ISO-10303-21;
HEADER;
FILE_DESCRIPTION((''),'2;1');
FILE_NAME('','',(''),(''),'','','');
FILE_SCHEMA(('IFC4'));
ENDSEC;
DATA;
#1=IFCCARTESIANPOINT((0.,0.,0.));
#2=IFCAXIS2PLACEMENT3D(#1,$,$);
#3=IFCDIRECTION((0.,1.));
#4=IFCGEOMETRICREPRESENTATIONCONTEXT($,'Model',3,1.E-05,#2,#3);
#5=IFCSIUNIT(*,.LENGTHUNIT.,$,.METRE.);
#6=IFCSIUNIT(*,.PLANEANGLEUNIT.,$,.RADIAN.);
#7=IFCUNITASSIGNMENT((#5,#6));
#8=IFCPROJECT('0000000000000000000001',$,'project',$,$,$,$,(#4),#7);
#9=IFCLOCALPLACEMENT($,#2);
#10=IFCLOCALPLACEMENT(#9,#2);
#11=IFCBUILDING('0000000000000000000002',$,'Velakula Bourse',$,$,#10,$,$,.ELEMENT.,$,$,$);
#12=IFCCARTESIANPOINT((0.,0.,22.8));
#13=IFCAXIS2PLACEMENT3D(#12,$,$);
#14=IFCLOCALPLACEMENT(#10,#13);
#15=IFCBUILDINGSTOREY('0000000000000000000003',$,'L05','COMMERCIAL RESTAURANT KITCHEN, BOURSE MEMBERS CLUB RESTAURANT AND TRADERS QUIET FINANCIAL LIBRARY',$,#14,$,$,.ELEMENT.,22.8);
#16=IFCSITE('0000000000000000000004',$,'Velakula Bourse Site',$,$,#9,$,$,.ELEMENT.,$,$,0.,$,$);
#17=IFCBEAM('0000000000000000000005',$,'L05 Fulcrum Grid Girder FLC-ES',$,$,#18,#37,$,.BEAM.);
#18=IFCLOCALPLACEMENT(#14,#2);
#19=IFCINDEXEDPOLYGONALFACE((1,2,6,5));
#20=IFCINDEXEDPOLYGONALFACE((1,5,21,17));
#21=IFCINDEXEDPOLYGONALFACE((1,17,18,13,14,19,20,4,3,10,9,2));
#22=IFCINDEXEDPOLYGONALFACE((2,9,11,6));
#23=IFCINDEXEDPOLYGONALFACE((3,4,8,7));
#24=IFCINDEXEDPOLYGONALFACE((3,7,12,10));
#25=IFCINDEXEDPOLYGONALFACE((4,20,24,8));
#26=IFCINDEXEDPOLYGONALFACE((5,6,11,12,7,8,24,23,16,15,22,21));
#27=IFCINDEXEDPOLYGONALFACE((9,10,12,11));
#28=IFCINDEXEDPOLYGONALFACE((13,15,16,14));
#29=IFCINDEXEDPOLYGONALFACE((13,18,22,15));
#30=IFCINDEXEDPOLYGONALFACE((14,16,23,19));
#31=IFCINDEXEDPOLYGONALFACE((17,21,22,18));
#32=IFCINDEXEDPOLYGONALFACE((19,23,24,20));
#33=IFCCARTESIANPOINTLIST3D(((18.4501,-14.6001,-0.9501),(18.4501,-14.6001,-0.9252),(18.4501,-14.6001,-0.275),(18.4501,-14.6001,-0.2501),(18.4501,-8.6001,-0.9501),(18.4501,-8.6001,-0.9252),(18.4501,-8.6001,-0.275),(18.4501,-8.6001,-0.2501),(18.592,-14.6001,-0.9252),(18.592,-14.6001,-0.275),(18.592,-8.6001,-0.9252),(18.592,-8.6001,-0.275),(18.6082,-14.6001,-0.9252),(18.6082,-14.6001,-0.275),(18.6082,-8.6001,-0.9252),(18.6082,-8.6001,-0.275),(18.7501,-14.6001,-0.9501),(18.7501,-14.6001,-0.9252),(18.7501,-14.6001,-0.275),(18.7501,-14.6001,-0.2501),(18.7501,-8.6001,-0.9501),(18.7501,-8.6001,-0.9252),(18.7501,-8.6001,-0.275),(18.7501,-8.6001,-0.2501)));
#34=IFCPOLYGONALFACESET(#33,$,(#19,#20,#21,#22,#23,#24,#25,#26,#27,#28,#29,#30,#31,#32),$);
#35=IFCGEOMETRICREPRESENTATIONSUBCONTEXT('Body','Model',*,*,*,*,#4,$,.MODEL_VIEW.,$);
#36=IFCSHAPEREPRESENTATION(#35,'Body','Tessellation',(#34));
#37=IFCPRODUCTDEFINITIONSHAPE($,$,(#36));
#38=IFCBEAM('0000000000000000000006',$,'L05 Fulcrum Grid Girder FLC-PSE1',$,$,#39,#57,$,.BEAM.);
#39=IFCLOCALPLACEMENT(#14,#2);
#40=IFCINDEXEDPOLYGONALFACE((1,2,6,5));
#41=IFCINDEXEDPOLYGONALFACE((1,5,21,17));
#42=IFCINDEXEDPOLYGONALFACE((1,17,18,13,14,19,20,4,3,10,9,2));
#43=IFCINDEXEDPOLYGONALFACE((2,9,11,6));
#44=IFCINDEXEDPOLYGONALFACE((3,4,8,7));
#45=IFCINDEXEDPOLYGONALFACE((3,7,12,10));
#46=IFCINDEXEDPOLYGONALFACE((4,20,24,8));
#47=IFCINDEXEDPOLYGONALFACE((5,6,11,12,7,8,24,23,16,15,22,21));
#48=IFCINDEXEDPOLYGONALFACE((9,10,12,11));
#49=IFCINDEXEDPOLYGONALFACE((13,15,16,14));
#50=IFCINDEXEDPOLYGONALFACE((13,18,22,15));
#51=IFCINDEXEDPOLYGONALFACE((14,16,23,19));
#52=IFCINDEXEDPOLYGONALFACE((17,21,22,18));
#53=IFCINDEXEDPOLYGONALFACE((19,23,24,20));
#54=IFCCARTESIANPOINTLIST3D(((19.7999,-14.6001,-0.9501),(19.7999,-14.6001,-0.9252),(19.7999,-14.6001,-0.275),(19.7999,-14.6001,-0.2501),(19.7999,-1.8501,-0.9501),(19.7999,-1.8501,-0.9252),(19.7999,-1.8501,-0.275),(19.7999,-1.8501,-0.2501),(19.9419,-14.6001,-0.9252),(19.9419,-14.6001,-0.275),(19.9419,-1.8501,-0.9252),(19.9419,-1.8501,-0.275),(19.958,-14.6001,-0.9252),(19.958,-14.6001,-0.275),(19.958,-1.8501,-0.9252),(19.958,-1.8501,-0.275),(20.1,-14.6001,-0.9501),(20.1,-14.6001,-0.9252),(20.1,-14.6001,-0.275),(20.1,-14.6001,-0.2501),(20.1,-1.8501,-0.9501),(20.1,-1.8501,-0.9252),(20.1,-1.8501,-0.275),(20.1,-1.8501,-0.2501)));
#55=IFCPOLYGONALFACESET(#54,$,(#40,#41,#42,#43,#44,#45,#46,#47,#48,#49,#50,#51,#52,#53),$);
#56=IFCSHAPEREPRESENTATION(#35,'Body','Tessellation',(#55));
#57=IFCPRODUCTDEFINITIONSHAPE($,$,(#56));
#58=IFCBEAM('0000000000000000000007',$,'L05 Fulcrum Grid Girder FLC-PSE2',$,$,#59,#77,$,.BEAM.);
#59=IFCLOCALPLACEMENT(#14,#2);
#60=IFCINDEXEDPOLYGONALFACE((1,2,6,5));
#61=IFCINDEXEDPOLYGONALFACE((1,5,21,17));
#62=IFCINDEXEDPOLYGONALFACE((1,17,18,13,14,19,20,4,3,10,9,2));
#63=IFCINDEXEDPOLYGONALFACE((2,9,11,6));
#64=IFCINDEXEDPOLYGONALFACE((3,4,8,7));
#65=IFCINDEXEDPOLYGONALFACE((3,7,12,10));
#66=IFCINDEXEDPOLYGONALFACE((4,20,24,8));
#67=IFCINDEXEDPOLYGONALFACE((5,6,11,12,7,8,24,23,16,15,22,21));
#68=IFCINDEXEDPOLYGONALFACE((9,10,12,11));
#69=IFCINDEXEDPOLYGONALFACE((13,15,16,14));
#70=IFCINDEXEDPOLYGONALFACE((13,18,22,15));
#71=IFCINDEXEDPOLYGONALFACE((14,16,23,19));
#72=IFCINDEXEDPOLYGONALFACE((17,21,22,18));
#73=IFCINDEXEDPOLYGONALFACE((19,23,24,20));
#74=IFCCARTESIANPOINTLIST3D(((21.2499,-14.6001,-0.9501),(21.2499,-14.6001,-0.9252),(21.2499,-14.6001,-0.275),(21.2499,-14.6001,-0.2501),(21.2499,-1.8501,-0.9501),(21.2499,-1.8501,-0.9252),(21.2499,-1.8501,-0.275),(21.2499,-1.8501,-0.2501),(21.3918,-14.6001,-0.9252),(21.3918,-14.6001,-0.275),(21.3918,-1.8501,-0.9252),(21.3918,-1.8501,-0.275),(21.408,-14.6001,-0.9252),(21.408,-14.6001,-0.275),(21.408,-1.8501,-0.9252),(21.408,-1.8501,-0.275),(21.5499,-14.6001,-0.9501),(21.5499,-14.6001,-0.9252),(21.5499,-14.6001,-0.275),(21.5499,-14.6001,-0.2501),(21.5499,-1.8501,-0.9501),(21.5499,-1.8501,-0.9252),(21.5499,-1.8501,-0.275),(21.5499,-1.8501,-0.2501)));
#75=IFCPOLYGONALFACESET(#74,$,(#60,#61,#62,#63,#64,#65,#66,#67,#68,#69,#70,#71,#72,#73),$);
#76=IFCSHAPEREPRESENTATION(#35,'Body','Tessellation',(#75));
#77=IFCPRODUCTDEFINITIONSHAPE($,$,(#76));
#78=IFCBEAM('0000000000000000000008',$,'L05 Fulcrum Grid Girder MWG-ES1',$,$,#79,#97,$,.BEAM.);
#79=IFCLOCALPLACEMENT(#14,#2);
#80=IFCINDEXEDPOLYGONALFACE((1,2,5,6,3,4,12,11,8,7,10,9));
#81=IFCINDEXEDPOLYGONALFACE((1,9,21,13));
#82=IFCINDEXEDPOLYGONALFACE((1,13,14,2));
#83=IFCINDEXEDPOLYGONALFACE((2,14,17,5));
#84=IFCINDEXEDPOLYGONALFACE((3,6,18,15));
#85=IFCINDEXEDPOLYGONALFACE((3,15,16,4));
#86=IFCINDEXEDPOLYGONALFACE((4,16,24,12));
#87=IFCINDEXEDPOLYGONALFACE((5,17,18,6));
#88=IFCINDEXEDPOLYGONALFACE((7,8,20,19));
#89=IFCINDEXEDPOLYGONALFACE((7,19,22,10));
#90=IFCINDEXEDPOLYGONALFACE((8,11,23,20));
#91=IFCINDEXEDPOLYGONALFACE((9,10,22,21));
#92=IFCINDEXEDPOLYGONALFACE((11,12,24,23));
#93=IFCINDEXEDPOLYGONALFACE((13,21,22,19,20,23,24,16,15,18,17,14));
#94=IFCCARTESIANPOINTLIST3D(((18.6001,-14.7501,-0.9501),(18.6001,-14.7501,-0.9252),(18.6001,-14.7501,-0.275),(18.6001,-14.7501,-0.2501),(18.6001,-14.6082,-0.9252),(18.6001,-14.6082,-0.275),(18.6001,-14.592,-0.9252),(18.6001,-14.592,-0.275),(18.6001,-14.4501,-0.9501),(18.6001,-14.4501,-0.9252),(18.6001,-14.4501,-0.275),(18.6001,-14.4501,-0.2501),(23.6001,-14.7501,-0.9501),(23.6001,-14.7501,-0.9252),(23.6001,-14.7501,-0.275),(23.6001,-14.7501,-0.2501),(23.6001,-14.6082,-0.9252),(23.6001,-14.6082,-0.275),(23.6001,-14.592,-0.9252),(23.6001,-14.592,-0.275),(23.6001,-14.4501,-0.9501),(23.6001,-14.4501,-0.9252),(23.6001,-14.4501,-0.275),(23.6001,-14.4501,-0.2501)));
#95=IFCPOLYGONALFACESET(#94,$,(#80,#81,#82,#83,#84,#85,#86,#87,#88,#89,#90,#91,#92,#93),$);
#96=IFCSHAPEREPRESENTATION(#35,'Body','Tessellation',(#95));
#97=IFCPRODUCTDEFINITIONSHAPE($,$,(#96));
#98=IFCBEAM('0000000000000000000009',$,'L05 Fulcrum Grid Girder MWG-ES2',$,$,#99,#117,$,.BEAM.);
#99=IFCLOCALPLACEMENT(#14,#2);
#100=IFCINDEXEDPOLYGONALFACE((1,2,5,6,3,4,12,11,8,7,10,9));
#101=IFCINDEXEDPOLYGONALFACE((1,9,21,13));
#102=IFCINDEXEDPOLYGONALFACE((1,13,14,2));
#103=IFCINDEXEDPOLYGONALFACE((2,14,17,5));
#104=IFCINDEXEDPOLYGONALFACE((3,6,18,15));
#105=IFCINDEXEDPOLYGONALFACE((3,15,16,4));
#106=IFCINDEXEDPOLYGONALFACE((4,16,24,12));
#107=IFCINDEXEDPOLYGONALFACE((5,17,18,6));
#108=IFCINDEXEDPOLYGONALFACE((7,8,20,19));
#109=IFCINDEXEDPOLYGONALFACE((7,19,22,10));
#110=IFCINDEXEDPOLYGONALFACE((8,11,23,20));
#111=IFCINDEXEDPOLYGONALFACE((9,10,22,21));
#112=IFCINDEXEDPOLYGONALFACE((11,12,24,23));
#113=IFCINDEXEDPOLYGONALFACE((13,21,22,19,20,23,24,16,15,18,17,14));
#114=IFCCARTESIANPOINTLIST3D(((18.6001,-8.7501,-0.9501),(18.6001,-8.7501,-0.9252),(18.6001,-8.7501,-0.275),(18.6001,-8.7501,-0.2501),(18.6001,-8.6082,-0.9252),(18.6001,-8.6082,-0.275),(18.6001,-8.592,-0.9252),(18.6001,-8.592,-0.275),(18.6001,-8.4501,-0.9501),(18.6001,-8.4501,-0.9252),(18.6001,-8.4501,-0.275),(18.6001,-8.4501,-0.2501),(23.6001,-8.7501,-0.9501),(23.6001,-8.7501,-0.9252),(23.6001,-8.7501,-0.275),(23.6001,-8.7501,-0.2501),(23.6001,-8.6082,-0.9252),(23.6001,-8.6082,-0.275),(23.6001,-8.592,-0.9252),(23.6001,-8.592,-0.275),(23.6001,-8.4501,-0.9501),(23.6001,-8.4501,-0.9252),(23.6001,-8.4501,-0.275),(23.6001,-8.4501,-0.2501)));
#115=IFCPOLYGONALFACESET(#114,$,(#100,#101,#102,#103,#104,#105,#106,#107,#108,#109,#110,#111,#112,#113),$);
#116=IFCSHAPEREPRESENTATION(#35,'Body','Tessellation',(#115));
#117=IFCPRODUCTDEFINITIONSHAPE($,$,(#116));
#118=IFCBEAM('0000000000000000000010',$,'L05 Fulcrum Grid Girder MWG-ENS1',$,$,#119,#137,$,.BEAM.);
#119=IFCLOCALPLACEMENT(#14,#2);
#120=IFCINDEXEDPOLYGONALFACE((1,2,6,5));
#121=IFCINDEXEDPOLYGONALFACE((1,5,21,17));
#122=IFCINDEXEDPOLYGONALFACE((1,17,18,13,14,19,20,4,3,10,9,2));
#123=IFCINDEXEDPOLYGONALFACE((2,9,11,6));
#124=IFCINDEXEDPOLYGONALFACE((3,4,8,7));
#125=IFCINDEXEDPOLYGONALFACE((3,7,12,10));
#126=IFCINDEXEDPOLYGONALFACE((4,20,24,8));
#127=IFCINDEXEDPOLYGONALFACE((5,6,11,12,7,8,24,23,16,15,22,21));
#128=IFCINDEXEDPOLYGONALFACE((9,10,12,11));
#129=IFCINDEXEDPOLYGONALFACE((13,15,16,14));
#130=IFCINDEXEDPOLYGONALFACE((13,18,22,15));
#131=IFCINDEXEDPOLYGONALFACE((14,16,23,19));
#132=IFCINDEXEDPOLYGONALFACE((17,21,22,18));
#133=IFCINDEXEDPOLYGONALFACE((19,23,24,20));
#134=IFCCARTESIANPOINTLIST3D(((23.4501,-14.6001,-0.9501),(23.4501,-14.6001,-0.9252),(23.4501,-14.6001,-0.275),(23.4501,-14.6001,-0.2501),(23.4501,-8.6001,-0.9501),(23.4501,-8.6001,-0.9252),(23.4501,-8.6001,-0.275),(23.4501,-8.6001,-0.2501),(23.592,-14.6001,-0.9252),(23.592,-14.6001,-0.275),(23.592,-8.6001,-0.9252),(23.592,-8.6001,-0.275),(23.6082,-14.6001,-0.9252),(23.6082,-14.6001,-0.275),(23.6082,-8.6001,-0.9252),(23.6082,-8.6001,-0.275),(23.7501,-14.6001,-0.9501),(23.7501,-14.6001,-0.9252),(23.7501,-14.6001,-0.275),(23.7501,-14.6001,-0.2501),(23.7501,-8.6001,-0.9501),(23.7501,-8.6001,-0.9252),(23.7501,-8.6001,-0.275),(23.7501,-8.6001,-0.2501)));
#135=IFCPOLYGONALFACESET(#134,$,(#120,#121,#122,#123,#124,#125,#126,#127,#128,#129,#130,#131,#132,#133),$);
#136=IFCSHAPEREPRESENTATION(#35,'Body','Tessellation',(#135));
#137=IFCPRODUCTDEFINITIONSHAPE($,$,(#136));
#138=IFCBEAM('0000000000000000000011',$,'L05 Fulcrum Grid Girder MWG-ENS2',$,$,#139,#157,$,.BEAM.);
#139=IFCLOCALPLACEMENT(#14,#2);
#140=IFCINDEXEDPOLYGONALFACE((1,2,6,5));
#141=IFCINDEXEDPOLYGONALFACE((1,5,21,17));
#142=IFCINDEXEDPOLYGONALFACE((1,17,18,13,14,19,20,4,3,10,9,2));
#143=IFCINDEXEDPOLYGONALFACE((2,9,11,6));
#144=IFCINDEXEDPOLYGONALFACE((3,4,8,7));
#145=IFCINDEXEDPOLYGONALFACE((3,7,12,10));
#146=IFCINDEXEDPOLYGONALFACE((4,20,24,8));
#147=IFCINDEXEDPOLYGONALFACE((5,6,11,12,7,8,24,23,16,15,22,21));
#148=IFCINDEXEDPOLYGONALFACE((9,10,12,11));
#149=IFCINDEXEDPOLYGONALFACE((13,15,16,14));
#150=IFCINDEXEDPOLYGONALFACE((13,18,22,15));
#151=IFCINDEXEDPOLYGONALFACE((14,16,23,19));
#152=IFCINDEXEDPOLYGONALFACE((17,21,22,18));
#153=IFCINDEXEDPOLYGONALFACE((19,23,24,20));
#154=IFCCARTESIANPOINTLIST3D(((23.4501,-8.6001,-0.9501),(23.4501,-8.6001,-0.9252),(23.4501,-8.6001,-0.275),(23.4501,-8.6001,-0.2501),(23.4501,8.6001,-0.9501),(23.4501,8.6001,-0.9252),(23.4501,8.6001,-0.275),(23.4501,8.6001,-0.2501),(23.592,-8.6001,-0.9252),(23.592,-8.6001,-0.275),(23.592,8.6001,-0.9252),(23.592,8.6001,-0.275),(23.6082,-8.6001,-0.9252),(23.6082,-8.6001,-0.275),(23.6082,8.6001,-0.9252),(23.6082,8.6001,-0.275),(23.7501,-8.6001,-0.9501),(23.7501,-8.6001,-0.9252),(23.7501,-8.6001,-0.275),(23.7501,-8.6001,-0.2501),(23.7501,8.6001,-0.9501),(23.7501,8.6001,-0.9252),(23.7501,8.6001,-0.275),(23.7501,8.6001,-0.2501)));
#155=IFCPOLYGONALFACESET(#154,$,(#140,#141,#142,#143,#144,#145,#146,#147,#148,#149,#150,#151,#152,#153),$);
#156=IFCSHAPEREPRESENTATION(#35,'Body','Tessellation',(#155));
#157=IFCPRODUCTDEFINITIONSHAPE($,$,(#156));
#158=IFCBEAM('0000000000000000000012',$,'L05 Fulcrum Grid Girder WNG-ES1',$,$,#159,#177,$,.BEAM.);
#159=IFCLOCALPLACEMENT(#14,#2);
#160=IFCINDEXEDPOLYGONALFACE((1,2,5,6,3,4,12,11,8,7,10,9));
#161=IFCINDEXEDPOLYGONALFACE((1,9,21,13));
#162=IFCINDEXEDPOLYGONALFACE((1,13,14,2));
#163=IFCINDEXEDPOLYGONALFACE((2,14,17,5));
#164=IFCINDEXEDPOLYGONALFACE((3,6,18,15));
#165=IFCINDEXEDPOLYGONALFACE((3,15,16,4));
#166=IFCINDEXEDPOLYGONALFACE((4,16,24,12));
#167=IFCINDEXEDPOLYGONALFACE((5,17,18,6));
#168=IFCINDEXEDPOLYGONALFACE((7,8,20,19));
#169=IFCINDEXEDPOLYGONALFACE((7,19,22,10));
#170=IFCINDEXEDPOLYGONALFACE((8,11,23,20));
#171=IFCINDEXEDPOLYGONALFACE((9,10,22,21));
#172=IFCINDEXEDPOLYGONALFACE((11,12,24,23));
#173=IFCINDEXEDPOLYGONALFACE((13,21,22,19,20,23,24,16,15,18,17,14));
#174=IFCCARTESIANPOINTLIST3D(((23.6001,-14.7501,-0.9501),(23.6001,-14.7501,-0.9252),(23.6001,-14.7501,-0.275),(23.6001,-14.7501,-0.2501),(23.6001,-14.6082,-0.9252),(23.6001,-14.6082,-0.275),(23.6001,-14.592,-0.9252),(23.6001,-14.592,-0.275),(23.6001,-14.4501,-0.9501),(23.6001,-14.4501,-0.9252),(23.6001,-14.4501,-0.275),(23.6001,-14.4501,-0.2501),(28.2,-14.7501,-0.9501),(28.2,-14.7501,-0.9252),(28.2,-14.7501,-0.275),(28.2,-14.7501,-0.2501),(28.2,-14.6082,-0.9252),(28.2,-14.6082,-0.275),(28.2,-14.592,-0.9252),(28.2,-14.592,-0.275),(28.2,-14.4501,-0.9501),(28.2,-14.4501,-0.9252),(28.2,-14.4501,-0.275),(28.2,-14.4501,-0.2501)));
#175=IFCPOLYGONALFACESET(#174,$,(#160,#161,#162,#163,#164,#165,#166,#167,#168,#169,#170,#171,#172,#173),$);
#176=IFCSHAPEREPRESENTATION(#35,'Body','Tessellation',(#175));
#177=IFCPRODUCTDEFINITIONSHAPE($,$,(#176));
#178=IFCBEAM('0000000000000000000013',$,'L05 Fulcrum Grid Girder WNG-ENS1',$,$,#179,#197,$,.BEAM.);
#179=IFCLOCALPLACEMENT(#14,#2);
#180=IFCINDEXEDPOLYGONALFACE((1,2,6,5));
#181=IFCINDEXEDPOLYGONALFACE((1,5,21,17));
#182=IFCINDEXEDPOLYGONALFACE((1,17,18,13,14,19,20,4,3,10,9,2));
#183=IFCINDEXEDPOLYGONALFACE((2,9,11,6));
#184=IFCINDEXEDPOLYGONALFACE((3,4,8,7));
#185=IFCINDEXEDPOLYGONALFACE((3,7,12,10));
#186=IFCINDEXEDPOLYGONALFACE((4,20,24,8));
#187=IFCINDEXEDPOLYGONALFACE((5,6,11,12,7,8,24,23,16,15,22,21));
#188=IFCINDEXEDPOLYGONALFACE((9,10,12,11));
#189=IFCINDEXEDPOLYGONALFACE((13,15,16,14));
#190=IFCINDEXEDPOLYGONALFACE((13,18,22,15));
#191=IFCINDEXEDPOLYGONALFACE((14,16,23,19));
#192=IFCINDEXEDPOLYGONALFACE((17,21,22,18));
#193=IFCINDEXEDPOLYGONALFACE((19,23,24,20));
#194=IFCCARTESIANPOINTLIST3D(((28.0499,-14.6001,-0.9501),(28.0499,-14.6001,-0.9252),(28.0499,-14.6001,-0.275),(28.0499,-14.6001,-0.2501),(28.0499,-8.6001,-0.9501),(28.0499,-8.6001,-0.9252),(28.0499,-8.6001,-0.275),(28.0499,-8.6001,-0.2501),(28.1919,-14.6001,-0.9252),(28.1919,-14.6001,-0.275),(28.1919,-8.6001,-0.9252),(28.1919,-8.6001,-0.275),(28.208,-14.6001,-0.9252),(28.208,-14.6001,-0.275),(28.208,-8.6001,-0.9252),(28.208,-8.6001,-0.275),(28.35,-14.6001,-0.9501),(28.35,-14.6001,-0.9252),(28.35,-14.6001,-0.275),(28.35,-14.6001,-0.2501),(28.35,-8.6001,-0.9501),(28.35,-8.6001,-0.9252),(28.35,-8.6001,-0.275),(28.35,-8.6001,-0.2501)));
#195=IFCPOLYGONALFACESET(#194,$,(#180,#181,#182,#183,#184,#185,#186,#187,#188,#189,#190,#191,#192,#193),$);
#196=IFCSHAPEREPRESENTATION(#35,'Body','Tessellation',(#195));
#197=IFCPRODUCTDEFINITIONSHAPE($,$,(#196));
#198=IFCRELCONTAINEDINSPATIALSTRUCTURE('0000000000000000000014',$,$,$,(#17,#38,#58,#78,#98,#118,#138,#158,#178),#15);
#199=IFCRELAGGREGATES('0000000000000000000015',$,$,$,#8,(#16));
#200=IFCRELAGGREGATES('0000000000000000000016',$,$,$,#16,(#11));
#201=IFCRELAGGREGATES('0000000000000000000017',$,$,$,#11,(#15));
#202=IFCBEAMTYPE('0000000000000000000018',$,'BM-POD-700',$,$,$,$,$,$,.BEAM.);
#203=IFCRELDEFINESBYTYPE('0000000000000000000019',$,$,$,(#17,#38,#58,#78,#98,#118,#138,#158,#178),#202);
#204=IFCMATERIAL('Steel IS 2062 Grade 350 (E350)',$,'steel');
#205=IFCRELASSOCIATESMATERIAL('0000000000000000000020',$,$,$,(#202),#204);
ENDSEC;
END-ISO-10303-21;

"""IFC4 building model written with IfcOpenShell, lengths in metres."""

from ifc_helpers import new_model, si_unit, direction, frame, origin, origin_2d, place, context, subcontext, project, spatial, i_section, extrude, material, material_profile, profile_set, type_object, element, save


model = new_model("IFC4")

# Units and contexts
model_context = context("Model", 3, precision=1e-05, world=origin(), true_north=direction((0.0, 1.0)))
body_context = subcontext(model_context, "Body", "Model", "MODEL_VIEW")
ifc_project = project(units=[si_unit("LENGTHUNIT", "METRE"), si_unit("PLANEANGLEUNIT", "RADIAN")], contexts=[model_context])

# Site, building, storey
site_placement = place(None, origin())
site = spatial("IfcSite", under=ifc_project, at=site_placement, Name="Velakula Bourse Site", CompositionType="ELEMENT", RefElevation=0.0)
building_placement = place(site_placement, origin())
building = spatial("IfcBuilding", under=site, at=building_placement, Name="Velakula Bourse", CompositionType="ELEMENT")
storey_placement = place(building_placement, frame((0.0, 0.0, 22.8)))
storey = spatial("IfcBuildingStorey", under=building, at=storey_placement, Name="L05", Description="COMMERCIAL RESTAURANT KITCHEN, BOURSE MEMBERS CLUB RESTAURANT AND TRADERS QUIET FINANCIAL LIBRARY", CompositionType="ELEMENT", Elevation=22.8)

# Beams
ifc_material_1 = material(Name="Steel IS 2062 Grade 350 (E350)", Category="steel")
ifc_material_profile_1 = material_profile(ifc_material_1, i_section(OverallWidth=0.3, OverallDepth=0.7, WebThickness=0.0161, FlangeThickness=0.0249, at=origin_2d()), Name="Steel IS 2062 Grade 350 (E350)")
ifc_profile_set_1 = profile_set([ifc_material_profile_1], Name="Steel IS 2062 Grade 350 (E350)")
beam_type_1 = type_object("IfcBeamType", Name="BM-POD-700", PredefinedType="BEAM", material=ifc_profile_set_1)
beam_1_placement = place(storey_placement, frame((18.6001, -14.6001, -0.6001), z_axis=(0.0, 1.0, 0.0), x_axis=(-1.0, 0.0, 0.0)))
element("IfcBeam", 1, at=beam_1_placement, inside=storey, type_object=beam_type_1, Name="L05 Fulcrum Grid Girder FLC-ES", PredefinedType="BEAM", context=body_context, shape_type="SweptSolid", body=[
    extrude(i_section(OverallWidth=0.3, OverallDepth=0.7, WebThickness=0.0161, FlangeThickness=0.0249, at=origin_2d()), origin(), (0.0, 0.0, 1.0), 6.0),
])
for number, where, z_axis, x_axis, name in (
    (2, (19.95, -14.6001, -0.6001), (0.0, 1.0, 0.0), (-1.0, 0.0, 0.0), "L05 Fulcrum Grid Girder FLC-PSE1"),
    (3, (21.3999, -14.6001, -0.6001), (0.0, 1.0, 0.0), (-1.0, 0.0, 0.0), "L05 Fulcrum Grid Girder FLC-PSE2"),
):
    element("IfcBeam", number, at=place(storey_placement, frame(where, z_axis=z_axis, x_axis=x_axis)), inside=storey, type_object=beam_type_1, Name=name, PredefinedType="BEAM", context=body_context, shape_type="SweptSolid", body=[
        extrude(i_section(OverallWidth=0.3, OverallDepth=0.7, WebThickness=0.0161, FlangeThickness=0.0249, at=origin_2d()), origin(), (0.0, 0.0, 1.0), 12.75),
    ])
for number, where, z_axis, x_axis, name in (
    (4, (18.6001, -14.6001, -0.6001), (1.0, 0.0, 0.0), (0.0, 1.0, 0.0), "L05 Fulcrum Grid Girder MWG-ES1"),
    (5, (18.6001, -8.6001, -0.6001), (1.0, 0.0, 0.0), (0.0, 1.0, 0.0), "L05 Fulcrum Grid Girder MWG-ES2"),
):
    element("IfcBeam", number, at=place(storey_placement, frame(where, z_axis=z_axis, x_axis=x_axis)), inside=storey, type_object=beam_type_1, Name=name, PredefinedType="BEAM", context=body_context, shape_type="SweptSolid", body=[
        extrude(i_section(OverallWidth=0.3, OverallDepth=0.7, WebThickness=0.0161, FlangeThickness=0.0249, at=origin_2d()), origin(), (0.0, 0.0, 1.0), 5.0),
    ])
beam_2_placement = place(storey_placement, frame((23.6001, -14.6001, -0.6001), z_axis=(0.0, 1.0, 0.0), x_axis=(-1.0, 0.0, 0.0)))
element("IfcBeam", 6, at=beam_2_placement, inside=storey, type_object=beam_type_1, Name="L05 Fulcrum Grid Girder MWG-ENS1", PredefinedType="BEAM", context=body_context, shape_type="SweptSolid", body=[
    extrude(i_section(OverallWidth=0.3, OverallDepth=0.7, WebThickness=0.0161, FlangeThickness=0.0249, at=origin_2d()), origin(), (0.0, 0.0, 1.0), 6.0),
])
beam_3_placement = place(storey_placement, frame((23.6001, -8.6001, -0.6001), z_axis=(0.0, 1.0, 0.0), x_axis=(-1.0, 0.0, 0.0)))
element("IfcBeam", 7, at=beam_3_placement, inside=storey, type_object=beam_type_1, Name="L05 Fulcrum Grid Girder MWG-ENS2", PredefinedType="BEAM", context=body_context, shape_type="SweptSolid", body=[
    extrude(i_section(OverallWidth=0.3, OverallDepth=0.7, WebThickness=0.0161, FlangeThickness=0.0249, at=origin_2d()), origin(), (0.0, 0.0, 1.0), 17.2002),
])
beam_4_placement = place(storey_placement, frame((23.6001, -14.6001, -0.6001), z_axis=(1.0, 0.0, 0.0), x_axis=(0.0, 1.0, 0.0)))
element("IfcBeam", 8, at=beam_4_placement, inside=storey, type_object=beam_type_1, Name="L05 Fulcrum Grid Girder WNG-ES1", PredefinedType="BEAM", context=body_context, shape_type="SweptSolid", body=[
    extrude(i_section(OverallWidth=0.3, OverallDepth=0.7, WebThickness=0.0161, FlangeThickness=0.0249, at=origin_2d()), origin(), (0.0, 0.0, 1.0), 4.5999),
])
beam_5_placement = place(storey_placement, frame((28.2, -14.6001, -0.6001), z_axis=(0.0, 1.0, 0.0), x_axis=(-1.0, 0.0, 0.0)))
element("IfcBeam", 9, at=beam_5_placement, inside=storey, type_object=beam_type_1, Name="L05 Fulcrum Grid Girder WNG-ENS1", PredefinedType="BEAM", context=body_context, shape_type="SweptSolid", body=[
    extrude(i_section(OverallWidth=0.3, OverallDepth=0.7, WebThickness=0.0161, FlangeThickness=0.0249, at=origin_2d()), origin(), (0.0, 0.0, 1.0), 6.0),
])

save(model, "model.ifc")
